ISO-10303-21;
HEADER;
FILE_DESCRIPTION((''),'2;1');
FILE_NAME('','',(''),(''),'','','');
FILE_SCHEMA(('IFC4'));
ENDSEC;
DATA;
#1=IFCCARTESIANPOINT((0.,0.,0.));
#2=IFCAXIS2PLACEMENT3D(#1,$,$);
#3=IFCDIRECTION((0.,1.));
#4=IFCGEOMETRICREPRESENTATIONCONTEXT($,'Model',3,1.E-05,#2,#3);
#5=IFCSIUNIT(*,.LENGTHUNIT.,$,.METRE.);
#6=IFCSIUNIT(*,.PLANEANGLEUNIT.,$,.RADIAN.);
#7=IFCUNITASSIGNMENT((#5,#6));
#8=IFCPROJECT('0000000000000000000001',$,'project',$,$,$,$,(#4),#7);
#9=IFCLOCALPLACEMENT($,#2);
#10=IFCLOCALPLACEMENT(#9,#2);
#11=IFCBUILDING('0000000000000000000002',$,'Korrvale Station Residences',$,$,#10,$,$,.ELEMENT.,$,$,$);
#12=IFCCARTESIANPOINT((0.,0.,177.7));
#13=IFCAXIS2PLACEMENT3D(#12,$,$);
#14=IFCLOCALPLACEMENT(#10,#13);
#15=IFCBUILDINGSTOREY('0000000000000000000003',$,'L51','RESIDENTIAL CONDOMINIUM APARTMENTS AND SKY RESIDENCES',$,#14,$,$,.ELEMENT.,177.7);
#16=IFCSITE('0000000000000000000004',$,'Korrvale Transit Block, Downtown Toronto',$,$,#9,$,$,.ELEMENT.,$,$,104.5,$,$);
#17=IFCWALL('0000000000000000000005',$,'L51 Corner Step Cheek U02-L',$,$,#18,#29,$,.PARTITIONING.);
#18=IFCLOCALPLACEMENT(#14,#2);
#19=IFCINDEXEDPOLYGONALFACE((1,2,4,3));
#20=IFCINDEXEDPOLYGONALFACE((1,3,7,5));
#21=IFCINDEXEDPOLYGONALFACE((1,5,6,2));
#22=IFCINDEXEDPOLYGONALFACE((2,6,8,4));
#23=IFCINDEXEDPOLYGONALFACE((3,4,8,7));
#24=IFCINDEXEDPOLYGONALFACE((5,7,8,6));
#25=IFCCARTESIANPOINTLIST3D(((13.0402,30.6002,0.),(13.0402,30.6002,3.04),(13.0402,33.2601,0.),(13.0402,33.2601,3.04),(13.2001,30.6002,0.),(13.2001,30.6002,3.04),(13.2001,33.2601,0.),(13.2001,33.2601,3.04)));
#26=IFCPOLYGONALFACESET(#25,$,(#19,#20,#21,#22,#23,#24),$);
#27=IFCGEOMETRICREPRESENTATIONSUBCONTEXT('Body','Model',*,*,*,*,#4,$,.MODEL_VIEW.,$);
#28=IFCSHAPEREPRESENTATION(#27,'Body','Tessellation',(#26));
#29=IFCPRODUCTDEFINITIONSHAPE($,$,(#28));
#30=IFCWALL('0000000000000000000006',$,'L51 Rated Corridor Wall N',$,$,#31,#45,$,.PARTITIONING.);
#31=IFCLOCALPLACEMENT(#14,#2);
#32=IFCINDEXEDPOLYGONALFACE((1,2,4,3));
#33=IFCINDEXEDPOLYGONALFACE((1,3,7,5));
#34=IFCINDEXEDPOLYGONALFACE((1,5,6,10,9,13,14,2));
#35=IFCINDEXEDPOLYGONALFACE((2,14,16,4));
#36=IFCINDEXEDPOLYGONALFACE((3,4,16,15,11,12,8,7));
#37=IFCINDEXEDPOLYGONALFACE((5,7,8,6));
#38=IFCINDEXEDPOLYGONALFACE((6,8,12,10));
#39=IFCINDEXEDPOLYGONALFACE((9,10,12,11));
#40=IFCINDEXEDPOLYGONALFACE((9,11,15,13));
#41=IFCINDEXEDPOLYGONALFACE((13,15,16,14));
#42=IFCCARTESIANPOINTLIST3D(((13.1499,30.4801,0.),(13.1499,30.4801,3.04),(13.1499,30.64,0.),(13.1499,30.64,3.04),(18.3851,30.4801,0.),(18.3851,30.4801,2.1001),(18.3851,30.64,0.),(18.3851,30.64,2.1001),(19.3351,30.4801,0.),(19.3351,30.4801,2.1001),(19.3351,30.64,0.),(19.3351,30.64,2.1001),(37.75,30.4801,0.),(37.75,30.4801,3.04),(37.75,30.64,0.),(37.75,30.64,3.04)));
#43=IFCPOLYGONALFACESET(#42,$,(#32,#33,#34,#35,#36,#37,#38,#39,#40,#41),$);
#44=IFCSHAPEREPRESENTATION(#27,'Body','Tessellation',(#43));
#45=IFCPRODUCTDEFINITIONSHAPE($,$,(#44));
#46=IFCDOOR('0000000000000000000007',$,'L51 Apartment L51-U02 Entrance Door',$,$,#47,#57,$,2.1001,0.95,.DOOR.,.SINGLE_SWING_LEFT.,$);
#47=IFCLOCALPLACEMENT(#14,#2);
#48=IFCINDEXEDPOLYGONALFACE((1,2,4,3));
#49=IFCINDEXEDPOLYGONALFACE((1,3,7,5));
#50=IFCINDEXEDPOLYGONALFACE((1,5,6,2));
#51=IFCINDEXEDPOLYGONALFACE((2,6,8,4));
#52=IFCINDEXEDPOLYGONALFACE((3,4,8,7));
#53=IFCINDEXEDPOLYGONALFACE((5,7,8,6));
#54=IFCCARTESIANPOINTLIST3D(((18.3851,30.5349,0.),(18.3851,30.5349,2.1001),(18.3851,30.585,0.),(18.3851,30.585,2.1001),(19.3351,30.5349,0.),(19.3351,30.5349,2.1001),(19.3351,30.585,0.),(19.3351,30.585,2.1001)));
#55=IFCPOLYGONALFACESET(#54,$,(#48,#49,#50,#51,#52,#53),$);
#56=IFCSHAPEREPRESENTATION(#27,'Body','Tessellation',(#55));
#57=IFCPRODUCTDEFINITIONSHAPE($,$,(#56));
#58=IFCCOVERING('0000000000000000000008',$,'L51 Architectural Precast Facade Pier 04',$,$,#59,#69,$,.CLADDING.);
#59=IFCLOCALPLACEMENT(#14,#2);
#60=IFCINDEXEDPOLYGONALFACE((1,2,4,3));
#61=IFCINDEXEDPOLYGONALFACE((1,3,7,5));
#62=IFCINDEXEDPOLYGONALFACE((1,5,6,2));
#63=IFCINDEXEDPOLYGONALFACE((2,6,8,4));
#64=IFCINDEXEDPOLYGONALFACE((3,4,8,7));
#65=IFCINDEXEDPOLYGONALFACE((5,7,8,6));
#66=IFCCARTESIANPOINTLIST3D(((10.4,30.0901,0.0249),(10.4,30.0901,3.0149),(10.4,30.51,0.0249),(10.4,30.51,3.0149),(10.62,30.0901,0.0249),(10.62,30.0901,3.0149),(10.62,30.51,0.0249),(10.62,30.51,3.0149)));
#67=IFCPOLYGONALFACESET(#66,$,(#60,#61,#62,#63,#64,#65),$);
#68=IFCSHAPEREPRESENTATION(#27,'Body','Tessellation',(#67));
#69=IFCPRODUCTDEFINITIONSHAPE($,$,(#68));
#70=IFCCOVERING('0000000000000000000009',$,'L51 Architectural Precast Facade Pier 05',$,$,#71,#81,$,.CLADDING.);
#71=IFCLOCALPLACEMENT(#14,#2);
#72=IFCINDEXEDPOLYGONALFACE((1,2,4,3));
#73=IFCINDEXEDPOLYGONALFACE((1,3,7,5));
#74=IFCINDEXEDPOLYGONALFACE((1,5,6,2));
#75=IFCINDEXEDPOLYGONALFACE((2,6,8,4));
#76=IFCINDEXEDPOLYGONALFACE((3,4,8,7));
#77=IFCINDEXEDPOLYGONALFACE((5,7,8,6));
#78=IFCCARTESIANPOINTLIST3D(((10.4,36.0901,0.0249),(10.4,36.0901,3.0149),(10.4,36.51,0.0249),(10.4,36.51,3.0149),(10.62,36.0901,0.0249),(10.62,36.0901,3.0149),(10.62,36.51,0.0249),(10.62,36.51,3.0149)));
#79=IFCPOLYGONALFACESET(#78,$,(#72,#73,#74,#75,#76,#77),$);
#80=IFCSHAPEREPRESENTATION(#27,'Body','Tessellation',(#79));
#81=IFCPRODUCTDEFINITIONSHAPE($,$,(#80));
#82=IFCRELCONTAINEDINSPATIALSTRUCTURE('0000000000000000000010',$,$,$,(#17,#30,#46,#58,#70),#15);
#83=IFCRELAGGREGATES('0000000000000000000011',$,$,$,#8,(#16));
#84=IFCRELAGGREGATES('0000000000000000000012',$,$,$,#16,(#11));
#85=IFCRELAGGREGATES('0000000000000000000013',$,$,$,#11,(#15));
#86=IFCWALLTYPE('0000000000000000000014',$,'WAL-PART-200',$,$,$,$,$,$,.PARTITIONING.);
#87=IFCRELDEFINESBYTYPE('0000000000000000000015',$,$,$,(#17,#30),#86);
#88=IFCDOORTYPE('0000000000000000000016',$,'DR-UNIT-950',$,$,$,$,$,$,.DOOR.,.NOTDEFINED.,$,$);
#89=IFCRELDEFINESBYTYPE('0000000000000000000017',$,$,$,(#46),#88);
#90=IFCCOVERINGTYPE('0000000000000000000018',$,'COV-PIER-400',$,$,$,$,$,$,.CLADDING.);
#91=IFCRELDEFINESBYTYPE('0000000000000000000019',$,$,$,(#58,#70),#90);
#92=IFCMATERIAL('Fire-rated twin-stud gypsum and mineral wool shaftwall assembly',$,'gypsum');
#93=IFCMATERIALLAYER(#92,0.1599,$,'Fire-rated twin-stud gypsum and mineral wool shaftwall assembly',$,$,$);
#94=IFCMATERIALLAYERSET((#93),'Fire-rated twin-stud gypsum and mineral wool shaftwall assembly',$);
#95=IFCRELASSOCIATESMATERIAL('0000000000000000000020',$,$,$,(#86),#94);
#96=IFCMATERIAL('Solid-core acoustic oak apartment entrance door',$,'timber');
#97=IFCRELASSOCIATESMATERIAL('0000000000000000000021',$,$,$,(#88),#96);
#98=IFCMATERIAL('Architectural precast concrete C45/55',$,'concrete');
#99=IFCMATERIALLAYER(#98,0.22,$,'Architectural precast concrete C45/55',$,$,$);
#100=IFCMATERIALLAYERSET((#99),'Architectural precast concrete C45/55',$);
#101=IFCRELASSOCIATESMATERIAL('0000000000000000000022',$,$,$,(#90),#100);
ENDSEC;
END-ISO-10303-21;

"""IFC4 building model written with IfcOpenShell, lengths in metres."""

from ifc_helpers import new_model, si_unit, direction, frame, frame_2d, origin, origin_2d, place, context, subcontext, project, spatial, rectangle, extrude, material, layer, layer_set, type_object, element, fill, save


model = new_model("IFC4")

# Units and contexts
model_context = context("Model", 3, precision=1e-05, world=origin(), true_north=direction((0.0, 1.0)))
body_context = subcontext(model_context, "Body", "Model", "MODEL_VIEW")
ifc_project = project(units=[si_unit("LENGTHUNIT", "METRE"), si_unit("PLANEANGLEUNIT", "RADIAN")], contexts=[model_context])

# Site, building, storey
site_placement = place(None, origin())
site = spatial("IfcSite", under=ifc_project, at=site_placement, Name="Korrvale Transit Block, Downtown Toronto", CompositionType="ELEMENT", RefElevation=104.5)
building_placement = place(site_placement, origin())
building = spatial("IfcBuilding", under=site, at=building_placement, Name="Korrvale Station Residences", CompositionType="ELEMENT")
storey_placement = place(building_placement, frame((0.0, 0.0, 177.7)))
storey = spatial("IfcBuildingStorey", under=building, at=storey_placement, Name="L51", Description="RESIDENTIAL CONDOMINIUM APARTMENTS AND SKY RESIDENCES", CompositionType="ELEMENT", Elevation=177.7)

# Shared definitions
ifc_material_1 = material(Name="Fire-rated twin-stud gypsum and mineral wool shaftwall assembly", Category="gypsum")
ifc_layer_1 = layer(ifc_material_1, 0.1599, Name="Fire-rated twin-stud gypsum and mineral wool shaftwall assembly")
ifc_layer_set_1 = layer_set([ifc_layer_1], Name="Fire-rated twin-stud gypsum and mineral wool shaftwall assembly")
wall_type_1 = type_object("IfcWallType", Name="WAL-PART-200", PredefinedType="PARTITIONING", material=ifc_layer_set_1)

# Wall
wall_1_placement = place(storey_placement, frame((13.1201, 30.6001, 0.0), z_axis=(0.0, 0.0, 1.0), x_axis=(0.0, 1.0, 0.0)))
element("IfcWall", 1, at=wall_1_placement, inside=storey, type_object=wall_type_1, Name="L51 Corner Step Cheek U02-L", PredefinedType="PARTITIONING", context=body_context, shape_type="SweptSolid", body=[
    extrude(rectangle(XDim=2.6599, YDim=0.1599, at=frame_2d((1.3301, 0.0))), origin(), (0.0, 0.0, 1.0), 3.04),
])

# Wall, opening, door
wall_2_placement = place(storey_placement, frame((13.1499, 30.5601, 0.0), z_axis=(0.0, 0.0, 1.0), x_axis=(1.0, 0.0, 0.0)))
wall_2 = element("IfcWall", 2, at=wall_2_placement, inside=storey, type_object=wall_type_1, Name="L51 Rated Corridor Wall N", PredefinedType="PARTITIONING", context=body_context, shape_type="SweptSolid", body=[
    extrude(rectangle(XDim=24.6001, YDim=0.1599, at=frame_2d((12.3, 0.0))), origin(), (0.0, 0.0, 1.0), 3.04),
])
opening_1_placement = place(wall_2_placement, frame((5.2351, 0.0, 0.0)))
opening_1 = element("IfcOpeningElement", 3, at=opening_1_placement, cuts=wall_2, PredefinedType="OPENING", context=body_context, shape_type="SweptSolid", body=[
    extrude(rectangle(XDim=0.95, YDim=2.1001, at=frame_2d((0.4751, 1.05))), frame((0.0, 0.0898, 0.0), z_axis=(0.0, -1.0, 0.0), x_axis=(1.0, 0.0, 0.0)), (0.0, 0.0, 1.0), 0.1799),
])
ifc_material_2 = material(Name="Solid-core acoustic oak apartment entrance door", Category="timber")
door_type_1 = type_object("IfcDoorType", Name="DR-UNIT-950", OperationType="NOTDEFINED", PredefinedType="DOOR", material=ifc_material_2)
door_1_placement = place(opening_1_placement, origin())
door_1 = element("IfcDoor", 4, at=door_1_placement, inside=storey, type_object=door_type_1, Name="L51 Apartment L51-U02 Entrance Door", OperationType="SINGLE_SWING_LEFT", OverallHeight=2.1001, OverallWidth=0.95, PredefinedType="DOOR", context=body_context, shape_type="SweptSolid", body=[
    extrude(rectangle(XDim=0.95, YDim=2.1001, at=frame_2d((0.4751, 1.05))), frame((0.0, 0.0249, 0.0), z_axis=(0.0, -1.0, 0.0), x_axis=(1.0, 0.0, 0.0)), (0.0, 0.0, 1.0), 0.05),
])
fill(opening_1, door_1)

# Coverings
ifc_material_3 = material(Name="Architectural precast concrete C45/55", Category="concrete")
ifc_layer_2 = layer(ifc_material_3, 0.22, Name="Architectural precast concrete C45/55")
ifc_layer_set_2 = layer_set([ifc_layer_2], Name="Architectural precast concrete C45/55")
covering_type = type_object("IfcCoveringType", Name="COV-PIER-400", PredefinedType="CLADDING", material=ifc_layer_set_2)
for number, where, z_axis, x_axis, name in (
    (5, (10.51, 30.3, 0.0249), (0.0, 0.0, 1.0), (0.0, 1.0, 0.0), "L51 Architectural Precast Facade Pier 04"),
    (6, (10.51, 36.3, 0.0249), (0.0, 0.0, 1.0), (0.0, 1.0, 0.0), "L51 Architectural Precast Facade Pier 05"),
):
    element("IfcCovering", number, at=place(storey_placement, frame(where, z_axis=z_axis, x_axis=x_axis)), inside=storey, type_object=covering_type, Name=name, PredefinedType="CLADDING", context=body_context, shape_type="SweptSolid", body=[
        extrude(rectangle(XDim=0.4199, YDim=0.22, at=origin_2d()), origin(), (0.0, 0.0, 1.0), 2.99),
    ])

save(model, "model.ifc")
